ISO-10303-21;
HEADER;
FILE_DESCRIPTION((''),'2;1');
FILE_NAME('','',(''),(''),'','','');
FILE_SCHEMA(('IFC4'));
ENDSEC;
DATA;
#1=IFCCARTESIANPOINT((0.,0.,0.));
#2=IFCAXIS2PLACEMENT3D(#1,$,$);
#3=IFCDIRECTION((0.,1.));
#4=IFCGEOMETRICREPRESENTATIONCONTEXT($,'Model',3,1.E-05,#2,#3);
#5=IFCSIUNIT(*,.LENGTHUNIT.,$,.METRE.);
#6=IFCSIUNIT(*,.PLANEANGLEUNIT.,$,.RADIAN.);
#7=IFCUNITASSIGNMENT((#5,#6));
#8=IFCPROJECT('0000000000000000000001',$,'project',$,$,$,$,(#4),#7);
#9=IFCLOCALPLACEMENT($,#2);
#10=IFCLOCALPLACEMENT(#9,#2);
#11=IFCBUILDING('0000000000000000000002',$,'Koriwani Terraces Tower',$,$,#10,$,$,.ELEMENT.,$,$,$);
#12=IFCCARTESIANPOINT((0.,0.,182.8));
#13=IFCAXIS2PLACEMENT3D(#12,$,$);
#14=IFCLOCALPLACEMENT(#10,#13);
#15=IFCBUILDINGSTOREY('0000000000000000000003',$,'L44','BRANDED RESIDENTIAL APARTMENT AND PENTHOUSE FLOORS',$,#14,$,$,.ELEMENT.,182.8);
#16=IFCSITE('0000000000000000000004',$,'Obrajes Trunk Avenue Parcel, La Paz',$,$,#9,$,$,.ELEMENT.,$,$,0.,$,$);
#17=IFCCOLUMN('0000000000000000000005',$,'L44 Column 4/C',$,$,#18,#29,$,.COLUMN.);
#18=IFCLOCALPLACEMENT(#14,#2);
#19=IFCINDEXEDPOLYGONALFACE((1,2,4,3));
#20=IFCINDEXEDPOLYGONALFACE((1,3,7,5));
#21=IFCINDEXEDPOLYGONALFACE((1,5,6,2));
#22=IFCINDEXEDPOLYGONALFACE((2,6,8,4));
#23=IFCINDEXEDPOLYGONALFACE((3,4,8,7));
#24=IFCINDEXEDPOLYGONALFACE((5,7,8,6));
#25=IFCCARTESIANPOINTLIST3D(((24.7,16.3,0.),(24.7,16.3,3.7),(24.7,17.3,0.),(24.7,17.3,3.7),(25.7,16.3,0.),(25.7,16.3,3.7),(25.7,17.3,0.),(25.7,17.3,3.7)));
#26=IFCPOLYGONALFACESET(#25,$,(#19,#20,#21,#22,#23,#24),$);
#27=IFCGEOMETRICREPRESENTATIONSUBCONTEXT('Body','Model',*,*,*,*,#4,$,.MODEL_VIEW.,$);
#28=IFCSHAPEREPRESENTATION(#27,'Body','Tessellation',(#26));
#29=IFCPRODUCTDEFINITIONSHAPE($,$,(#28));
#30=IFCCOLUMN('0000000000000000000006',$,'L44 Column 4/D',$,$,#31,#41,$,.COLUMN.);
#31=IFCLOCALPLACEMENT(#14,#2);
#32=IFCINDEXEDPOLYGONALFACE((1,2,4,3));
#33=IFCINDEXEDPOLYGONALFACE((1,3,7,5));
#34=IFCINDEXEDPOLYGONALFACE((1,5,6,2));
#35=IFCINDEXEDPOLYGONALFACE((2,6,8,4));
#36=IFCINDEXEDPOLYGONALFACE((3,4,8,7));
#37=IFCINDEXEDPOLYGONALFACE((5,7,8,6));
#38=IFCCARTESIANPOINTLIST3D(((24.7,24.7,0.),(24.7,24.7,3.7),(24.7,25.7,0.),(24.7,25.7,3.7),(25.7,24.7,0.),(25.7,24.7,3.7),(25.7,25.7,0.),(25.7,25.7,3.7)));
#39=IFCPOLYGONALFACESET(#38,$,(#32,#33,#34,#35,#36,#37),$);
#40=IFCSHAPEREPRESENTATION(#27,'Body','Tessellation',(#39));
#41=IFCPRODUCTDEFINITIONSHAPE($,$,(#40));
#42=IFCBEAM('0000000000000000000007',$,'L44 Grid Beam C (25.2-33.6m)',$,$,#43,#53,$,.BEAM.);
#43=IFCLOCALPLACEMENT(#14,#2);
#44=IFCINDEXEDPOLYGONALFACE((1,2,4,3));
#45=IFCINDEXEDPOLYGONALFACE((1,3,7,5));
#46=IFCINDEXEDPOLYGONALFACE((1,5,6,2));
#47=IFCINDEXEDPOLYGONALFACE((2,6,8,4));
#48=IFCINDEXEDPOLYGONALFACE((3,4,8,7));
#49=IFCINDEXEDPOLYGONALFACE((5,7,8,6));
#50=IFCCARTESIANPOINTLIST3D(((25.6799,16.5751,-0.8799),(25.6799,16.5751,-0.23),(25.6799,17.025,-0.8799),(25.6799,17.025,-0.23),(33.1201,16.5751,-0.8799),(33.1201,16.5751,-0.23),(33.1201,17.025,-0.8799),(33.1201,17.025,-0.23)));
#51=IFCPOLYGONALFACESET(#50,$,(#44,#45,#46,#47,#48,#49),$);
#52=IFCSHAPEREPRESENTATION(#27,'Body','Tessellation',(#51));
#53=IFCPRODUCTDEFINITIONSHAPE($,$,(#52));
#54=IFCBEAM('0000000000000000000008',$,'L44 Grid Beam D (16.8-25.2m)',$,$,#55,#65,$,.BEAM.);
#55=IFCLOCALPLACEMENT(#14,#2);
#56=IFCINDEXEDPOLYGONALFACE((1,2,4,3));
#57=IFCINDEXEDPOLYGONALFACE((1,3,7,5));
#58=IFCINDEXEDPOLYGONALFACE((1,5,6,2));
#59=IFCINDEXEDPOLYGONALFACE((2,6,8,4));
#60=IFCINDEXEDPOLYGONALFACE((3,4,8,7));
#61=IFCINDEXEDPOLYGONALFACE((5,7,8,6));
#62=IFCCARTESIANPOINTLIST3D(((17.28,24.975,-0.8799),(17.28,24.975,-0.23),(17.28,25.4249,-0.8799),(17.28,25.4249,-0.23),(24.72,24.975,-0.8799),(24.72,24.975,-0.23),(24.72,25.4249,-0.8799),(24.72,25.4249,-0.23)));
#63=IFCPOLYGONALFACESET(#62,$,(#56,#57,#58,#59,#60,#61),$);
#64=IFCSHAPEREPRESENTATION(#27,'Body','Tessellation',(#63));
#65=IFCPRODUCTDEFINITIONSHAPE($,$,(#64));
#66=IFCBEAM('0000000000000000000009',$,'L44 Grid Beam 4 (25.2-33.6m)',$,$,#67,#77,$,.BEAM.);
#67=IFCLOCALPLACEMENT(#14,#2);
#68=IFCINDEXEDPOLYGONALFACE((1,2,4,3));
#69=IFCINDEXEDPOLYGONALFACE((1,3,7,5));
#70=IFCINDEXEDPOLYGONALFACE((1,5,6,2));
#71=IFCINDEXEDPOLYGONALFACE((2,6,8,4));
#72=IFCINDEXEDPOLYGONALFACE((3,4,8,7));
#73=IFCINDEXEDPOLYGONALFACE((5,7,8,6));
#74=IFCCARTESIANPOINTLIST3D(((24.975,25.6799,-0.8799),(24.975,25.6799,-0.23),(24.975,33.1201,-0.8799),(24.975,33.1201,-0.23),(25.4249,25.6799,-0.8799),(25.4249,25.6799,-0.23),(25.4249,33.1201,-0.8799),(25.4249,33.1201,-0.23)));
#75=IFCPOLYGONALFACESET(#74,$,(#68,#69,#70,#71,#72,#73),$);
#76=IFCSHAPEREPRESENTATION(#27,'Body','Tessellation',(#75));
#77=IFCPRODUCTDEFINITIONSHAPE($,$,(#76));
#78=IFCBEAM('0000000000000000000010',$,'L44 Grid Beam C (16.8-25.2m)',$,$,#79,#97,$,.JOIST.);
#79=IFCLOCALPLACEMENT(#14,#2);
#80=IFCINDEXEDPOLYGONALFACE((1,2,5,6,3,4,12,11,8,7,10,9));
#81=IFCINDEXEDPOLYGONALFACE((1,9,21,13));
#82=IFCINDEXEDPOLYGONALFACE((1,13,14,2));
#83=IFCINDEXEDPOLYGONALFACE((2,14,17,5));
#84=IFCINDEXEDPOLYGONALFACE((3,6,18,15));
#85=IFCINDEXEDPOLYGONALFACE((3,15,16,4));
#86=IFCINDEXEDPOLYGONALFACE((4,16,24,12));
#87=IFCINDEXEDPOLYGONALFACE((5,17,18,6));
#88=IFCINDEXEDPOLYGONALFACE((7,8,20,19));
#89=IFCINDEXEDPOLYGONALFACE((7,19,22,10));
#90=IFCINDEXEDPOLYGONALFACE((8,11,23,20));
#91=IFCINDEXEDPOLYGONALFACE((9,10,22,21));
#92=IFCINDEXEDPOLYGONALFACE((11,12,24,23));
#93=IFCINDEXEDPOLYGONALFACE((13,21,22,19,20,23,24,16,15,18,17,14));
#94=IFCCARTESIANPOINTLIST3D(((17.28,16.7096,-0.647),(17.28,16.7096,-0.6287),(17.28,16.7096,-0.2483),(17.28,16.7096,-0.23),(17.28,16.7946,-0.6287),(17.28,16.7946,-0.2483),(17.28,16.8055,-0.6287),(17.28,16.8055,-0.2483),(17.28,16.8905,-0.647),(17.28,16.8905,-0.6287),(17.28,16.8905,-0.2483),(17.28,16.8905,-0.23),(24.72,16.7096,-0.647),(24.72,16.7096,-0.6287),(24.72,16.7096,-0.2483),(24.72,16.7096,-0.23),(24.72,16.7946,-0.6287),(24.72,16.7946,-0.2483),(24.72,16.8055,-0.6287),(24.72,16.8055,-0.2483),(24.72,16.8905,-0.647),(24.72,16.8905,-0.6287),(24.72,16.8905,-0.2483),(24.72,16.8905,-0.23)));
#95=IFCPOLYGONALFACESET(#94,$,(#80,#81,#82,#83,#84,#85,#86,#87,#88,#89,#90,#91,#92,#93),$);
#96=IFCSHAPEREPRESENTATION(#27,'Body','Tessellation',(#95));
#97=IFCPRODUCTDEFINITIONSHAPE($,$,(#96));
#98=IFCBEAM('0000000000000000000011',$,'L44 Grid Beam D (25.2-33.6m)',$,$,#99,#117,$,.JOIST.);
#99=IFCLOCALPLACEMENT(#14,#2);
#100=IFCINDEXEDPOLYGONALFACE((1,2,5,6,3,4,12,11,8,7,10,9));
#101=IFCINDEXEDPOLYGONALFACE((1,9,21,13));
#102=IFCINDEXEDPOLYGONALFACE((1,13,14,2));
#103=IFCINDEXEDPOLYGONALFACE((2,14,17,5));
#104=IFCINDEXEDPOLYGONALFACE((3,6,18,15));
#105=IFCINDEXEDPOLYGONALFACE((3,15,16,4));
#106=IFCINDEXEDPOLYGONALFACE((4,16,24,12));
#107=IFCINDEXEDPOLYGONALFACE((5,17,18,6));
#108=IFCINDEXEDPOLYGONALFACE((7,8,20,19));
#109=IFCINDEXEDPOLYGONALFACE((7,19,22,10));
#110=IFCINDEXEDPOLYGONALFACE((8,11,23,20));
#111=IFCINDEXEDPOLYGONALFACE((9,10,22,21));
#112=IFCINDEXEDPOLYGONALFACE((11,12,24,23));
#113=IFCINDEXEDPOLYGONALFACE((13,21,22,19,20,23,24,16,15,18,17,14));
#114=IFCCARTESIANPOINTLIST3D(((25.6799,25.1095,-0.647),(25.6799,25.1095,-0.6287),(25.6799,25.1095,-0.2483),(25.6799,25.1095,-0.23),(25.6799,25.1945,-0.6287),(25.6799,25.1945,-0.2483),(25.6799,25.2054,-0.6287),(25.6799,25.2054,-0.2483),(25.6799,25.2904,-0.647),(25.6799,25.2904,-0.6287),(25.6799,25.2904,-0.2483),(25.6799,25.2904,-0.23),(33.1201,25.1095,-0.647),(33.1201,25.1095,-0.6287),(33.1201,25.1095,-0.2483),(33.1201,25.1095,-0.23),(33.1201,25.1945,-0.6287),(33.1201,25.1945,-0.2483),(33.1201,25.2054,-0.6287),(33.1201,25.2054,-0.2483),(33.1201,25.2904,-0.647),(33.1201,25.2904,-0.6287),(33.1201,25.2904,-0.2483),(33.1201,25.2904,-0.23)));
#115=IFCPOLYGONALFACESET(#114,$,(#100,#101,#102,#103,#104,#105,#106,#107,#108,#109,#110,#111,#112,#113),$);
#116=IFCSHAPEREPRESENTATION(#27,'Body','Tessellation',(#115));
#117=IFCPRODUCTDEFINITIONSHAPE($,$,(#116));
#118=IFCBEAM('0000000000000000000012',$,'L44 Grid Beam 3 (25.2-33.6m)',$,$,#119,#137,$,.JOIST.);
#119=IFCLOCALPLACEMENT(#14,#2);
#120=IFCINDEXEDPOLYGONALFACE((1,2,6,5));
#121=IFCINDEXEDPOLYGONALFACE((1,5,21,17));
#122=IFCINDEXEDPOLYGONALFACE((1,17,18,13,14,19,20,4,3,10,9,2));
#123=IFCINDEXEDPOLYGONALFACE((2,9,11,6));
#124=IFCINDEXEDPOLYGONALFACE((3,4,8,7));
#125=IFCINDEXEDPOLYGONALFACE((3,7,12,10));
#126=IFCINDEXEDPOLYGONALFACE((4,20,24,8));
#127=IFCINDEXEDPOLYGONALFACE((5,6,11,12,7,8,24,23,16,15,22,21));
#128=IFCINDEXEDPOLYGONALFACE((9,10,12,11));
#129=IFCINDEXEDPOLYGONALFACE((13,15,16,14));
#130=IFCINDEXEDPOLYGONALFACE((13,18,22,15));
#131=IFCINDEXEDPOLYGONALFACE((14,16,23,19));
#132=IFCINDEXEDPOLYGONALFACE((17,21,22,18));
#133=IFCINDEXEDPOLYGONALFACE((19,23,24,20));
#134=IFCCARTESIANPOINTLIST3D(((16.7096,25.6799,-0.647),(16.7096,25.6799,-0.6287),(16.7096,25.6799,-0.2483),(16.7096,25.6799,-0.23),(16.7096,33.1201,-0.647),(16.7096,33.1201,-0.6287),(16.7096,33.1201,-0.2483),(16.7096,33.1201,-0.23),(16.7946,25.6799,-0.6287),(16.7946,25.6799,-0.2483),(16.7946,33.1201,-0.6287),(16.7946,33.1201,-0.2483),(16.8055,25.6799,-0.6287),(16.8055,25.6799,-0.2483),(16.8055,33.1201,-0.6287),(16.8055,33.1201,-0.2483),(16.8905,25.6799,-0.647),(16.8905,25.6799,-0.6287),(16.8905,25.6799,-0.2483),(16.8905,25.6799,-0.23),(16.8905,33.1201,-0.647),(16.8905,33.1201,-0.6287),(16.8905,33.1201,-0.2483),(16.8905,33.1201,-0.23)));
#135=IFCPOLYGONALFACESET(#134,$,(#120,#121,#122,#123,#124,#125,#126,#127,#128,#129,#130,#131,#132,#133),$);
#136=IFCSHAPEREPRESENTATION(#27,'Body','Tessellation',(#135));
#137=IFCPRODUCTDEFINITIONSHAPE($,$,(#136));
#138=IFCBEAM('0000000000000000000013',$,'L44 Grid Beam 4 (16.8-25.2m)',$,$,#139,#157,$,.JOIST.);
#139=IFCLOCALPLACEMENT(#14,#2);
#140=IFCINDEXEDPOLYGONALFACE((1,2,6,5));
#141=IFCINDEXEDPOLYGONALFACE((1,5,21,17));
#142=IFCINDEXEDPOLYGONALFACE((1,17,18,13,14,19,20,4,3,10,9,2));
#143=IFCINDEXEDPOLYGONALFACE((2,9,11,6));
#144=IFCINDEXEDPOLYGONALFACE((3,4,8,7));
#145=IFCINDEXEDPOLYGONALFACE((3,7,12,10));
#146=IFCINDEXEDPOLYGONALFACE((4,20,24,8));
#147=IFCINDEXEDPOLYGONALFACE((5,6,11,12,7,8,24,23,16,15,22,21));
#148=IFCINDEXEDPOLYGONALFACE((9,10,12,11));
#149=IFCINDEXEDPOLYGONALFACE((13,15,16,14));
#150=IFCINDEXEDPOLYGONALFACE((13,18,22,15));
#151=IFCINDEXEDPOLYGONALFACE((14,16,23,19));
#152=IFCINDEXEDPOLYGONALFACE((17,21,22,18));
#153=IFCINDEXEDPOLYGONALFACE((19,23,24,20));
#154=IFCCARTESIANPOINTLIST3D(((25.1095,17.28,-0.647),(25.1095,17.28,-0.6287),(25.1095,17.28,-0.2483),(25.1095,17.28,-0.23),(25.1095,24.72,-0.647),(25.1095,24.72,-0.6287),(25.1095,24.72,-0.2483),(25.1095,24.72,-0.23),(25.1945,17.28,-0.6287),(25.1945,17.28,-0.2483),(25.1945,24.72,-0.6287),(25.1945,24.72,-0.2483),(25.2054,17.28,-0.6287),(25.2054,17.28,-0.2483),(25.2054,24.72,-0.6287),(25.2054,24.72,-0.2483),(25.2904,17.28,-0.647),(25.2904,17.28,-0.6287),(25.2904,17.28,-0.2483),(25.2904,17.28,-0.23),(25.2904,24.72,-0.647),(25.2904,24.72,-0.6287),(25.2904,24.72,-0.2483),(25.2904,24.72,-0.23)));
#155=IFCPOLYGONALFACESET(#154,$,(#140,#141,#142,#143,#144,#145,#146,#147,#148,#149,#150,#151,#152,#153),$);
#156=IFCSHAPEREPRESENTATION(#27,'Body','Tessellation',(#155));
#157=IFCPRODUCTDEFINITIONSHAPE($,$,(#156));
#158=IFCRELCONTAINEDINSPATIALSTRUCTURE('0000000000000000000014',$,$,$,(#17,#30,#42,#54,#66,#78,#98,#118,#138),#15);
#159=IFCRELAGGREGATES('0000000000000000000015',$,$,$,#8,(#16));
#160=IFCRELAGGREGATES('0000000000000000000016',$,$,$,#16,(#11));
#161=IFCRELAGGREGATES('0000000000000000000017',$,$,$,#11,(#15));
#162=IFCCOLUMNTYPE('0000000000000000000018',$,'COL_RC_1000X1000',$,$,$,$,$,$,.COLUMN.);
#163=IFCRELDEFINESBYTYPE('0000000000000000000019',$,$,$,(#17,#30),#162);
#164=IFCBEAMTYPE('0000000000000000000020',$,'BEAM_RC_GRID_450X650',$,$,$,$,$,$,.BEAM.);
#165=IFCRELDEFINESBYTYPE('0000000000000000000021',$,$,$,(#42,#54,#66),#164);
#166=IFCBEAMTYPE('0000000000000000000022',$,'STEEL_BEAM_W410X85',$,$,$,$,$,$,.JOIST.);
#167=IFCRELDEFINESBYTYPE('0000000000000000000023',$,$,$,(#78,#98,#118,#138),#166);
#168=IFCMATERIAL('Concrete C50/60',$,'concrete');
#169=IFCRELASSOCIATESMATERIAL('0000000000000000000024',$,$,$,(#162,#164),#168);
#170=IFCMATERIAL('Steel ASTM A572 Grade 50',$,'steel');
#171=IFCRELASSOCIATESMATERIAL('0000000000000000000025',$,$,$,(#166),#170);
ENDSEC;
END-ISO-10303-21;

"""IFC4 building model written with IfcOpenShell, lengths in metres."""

from ifc_helpers import new_model, si_unit, direction, frame, origin, origin_2d, place, context, subcontext, project, spatial, rectangle, i_section, extrude, material, material_profile, profile_set, type_object, element, save


model = new_model("IFC4")

# Units and contexts
model_context = context("Model", 3, precision=1e-05, world=origin(), true_north=direction((0.0, 1.0)))
body_context = subcontext(model_context, "Body", "Model", "MODEL_VIEW")
ifc_project = project(units=[si_unit("LENGTHUNIT", "METRE"), si_unit("PLANEANGLEUNIT", "RADIAN")], contexts=[model_context])

# Site, building, storey
site_placement = place(None, origin())
site = spatial("IfcSite", under=ifc_project, at=site_placement, Name="Obrajes Trunk Avenue Parcel, La Paz", CompositionType="ELEMENT", RefElevation=0.0)
building_placement = place(site_placement, origin())
building = spatial("IfcBuilding", under=site, at=building_placement, Name="Koriwani Terraces Tower", CompositionType="ELEMENT")
storey_placement = place(building_placement, frame((0.0, 0.0, 182.8)))
storey = spatial("IfcBuildingStorey", under=building, at=storey_placement, Name="L44", Description="BRANDED RESIDENTIAL APARTMENT AND PENTHOUSE FLOORS", CompositionType="ELEMENT", Elevation=182.8)

# Columns
ifc_material_1 = material(Name="Concrete C50/60", Category="concrete")
ifc_material_profile_1 = material_profile(ifc_material_1, rectangle(XDim=1.0, YDim=1.0, at=origin_2d()), Name="Concrete C50/60", Category="LoadBearing")
ifc_profile_set_1 = profile_set([ifc_material_profile_1], Name="Concrete C50/60")
column_type = type_object("IfcColumnType", Name="COL_RC_1000X1000", PredefinedType="COLUMN", material=ifc_profile_set_1)
for number, where, z_axis, x_axis, name in (
    (1, (25.2, 16.8, 0.0), (0.0, 0.0, 1.0), (1.0, 0.0, 0.0), "L44 Column 4/C"),
    (2, (25.2, 25.2, 0.0), (0.0, 0.0, 1.0), (1.0, 0.0, 0.0), "L44 Column 4/D"),
):
    element("IfcColumn", number, at=place(storey_placement, frame(where, z_axis=z_axis, x_axis=x_axis)), inside=storey, type_object=column_type, Name=name, PredefinedType="COLUMN", context=body_context, shape_type="SweptSolid", body=[
        extrude(rectangle(XDim=1.0, YDim=1.0, at=origin_2d()), origin(), (0.0, 0.0, 1.0), 3.7),
    ])

# Beams
ifc_material_profile_2 = material_profile(ifc_material_1, rectangle(XDim=0.45, YDim=0.6499, at=origin_2d()), Name="Concrete C50/60", Category="LoadBearing")
ifc_profile_set_2 = profile_set([ifc_material_profile_2], Name="Concrete C50/60")
beam_type_1 = type_object("IfcBeamType", Name="BEAM_RC_GRID_450X650", PredefinedType="BEAM", material=ifc_profile_set_2)
beam_1_placement = place(storey_placement, frame((25.6799, 16.8, -0.5549), z_axis=(1.0, 0.0, 0.0), x_axis=(0.0, 1.0, 0.0)))
element("IfcBeam", 3, at=beam_1_placement, inside=storey, type_object=beam_type_1, Name="L44 Grid Beam C (25.2-33.6m)", PredefinedType="BEAM", context=body_context, shape_type="SweptSolid", body=[
    extrude(rectangle(XDim=0.45, YDim=0.6499, at=origin_2d()), origin(), (0.0, 0.0, 1.0), 7.4402),
])
beam_2_placement = place(storey_placement, frame((17.28, 25.2, -0.5549), z_axis=(1.0, 0.0, 0.0), x_axis=(0.0, 1.0, 0.0)))
element("IfcBeam", 4, at=beam_2_placement, inside=storey, type_object=beam_type_1, Name="L44 Grid Beam D (16.8-25.2m)", PredefinedType="BEAM", context=body_context, shape_type="SweptSolid", body=[
    extrude(rectangle(XDim=0.45, YDim=0.6499, at=origin_2d()), origin(), (0.0, 0.0, 1.0), 7.4399),
])
beam_3_placement = place(storey_placement, frame((25.2, 25.6799, -0.5549), z_axis=(0.0, 1.0, 0.0), x_axis=(-1.0, 0.0, 0.0)))
element("IfcBeam", 5, at=beam_3_placement, inside=storey, type_object=beam_type_1, Name="L44 Grid Beam 4 (25.2-33.6m)", PredefinedType="BEAM", context=body_context, shape_type="SweptSolid", body=[
    extrude(rectangle(XDim=0.45, YDim=0.6499, at=origin_2d()), origin(), (0.0, 0.0, 1.0), 7.4402),
])
ifc_material_2 = material(Name="Steel ASTM A572 Grade 50", Category="steel")
ifc_material_profile_3 = material_profile(ifc_material_2, i_section(OverallWidth=0.1809, OverallDepth=0.417, WebThickness=0.011, FlangeThickness=0.0183, at=origin_2d()), Name="Steel ASTM A572 Grade 50", Category="LoadBearing")
ifc_profile_set_3 = profile_set([ifc_material_profile_3], Name="Steel ASTM A572 Grade 50")
beam_type_2 = type_object("IfcBeamType", Name="STEEL_BEAM_W410X85", PredefinedType="JOIST", material=ifc_profile_set_3)
beam_4_placement = place(storey_placement, frame((17.28, 16.8, -0.4385), z_axis=(1.0, 0.0, 0.0), x_axis=(0.0, 1.0, 0.0)))
element("IfcBeam", 6, at=beam_4_placement, inside=storey, type_object=beam_type_2, Name="L44 Grid Beam C (16.8-25.2m)", PredefinedType="JOIST", context=body_context, shape_type="SweptSolid", body=[
    extrude(i_section(OverallWidth=0.1809, OverallDepth=0.417, WebThickness=0.011, FlangeThickness=0.0183, at=origin_2d()), origin(), (0.0, 0.0, 1.0), 7.4399),
])
for number, where, z_axis, x_axis, name in (
    (7, (25.6799, 25.2, -0.4385), (1.0, 0.0, 0.0), (0.0, 1.0, 0.0), "L44 Grid Beam D (25.2-33.6m)"),
    (8, (16.8, 25.6799, -0.4385), (0.0, 1.0, 0.0), (-1.0, 0.0, 0.0), "L44 Grid Beam 3 (25.2-33.6m)"),
):
    element("IfcBeam", number, at=place(storey_placement, frame(where, z_axis=z_axis, x_axis=x_axis)), inside=storey, type_object=beam_type_2, Name=name, PredefinedType="JOIST", context=body_context, shape_type="SweptSolid", body=[
        extrude(i_section(OverallWidth=0.1809, OverallDepth=0.417, WebThickness=0.011, FlangeThickness=0.0183, at=origin_2d()), origin(), (0.0, 0.0, 1.0), 7.4402),
    ])
beam_5_placement = place(storey_placement, frame((25.2, 17.28, -0.4385), z_axis=(0.0, 1.0, 0.0), x_axis=(-1.0, 0.0, 0.0)))
element("IfcBeam", 9, at=beam_5_placement, inside=storey, type_object=beam_type_2, Name="L44 Grid Beam 4 (16.8-25.2m)", PredefinedType="JOIST", context=body_context, shape_type="SweptSolid", body=[
    extrude(i_section(OverallWidth=0.1809, OverallDepth=0.417, WebThickness=0.011, FlangeThickness=0.0183, at=origin_2d()), origin(), (0.0, 0.0, 1.0), 7.4399),
])

save(model, "model.ifc")
